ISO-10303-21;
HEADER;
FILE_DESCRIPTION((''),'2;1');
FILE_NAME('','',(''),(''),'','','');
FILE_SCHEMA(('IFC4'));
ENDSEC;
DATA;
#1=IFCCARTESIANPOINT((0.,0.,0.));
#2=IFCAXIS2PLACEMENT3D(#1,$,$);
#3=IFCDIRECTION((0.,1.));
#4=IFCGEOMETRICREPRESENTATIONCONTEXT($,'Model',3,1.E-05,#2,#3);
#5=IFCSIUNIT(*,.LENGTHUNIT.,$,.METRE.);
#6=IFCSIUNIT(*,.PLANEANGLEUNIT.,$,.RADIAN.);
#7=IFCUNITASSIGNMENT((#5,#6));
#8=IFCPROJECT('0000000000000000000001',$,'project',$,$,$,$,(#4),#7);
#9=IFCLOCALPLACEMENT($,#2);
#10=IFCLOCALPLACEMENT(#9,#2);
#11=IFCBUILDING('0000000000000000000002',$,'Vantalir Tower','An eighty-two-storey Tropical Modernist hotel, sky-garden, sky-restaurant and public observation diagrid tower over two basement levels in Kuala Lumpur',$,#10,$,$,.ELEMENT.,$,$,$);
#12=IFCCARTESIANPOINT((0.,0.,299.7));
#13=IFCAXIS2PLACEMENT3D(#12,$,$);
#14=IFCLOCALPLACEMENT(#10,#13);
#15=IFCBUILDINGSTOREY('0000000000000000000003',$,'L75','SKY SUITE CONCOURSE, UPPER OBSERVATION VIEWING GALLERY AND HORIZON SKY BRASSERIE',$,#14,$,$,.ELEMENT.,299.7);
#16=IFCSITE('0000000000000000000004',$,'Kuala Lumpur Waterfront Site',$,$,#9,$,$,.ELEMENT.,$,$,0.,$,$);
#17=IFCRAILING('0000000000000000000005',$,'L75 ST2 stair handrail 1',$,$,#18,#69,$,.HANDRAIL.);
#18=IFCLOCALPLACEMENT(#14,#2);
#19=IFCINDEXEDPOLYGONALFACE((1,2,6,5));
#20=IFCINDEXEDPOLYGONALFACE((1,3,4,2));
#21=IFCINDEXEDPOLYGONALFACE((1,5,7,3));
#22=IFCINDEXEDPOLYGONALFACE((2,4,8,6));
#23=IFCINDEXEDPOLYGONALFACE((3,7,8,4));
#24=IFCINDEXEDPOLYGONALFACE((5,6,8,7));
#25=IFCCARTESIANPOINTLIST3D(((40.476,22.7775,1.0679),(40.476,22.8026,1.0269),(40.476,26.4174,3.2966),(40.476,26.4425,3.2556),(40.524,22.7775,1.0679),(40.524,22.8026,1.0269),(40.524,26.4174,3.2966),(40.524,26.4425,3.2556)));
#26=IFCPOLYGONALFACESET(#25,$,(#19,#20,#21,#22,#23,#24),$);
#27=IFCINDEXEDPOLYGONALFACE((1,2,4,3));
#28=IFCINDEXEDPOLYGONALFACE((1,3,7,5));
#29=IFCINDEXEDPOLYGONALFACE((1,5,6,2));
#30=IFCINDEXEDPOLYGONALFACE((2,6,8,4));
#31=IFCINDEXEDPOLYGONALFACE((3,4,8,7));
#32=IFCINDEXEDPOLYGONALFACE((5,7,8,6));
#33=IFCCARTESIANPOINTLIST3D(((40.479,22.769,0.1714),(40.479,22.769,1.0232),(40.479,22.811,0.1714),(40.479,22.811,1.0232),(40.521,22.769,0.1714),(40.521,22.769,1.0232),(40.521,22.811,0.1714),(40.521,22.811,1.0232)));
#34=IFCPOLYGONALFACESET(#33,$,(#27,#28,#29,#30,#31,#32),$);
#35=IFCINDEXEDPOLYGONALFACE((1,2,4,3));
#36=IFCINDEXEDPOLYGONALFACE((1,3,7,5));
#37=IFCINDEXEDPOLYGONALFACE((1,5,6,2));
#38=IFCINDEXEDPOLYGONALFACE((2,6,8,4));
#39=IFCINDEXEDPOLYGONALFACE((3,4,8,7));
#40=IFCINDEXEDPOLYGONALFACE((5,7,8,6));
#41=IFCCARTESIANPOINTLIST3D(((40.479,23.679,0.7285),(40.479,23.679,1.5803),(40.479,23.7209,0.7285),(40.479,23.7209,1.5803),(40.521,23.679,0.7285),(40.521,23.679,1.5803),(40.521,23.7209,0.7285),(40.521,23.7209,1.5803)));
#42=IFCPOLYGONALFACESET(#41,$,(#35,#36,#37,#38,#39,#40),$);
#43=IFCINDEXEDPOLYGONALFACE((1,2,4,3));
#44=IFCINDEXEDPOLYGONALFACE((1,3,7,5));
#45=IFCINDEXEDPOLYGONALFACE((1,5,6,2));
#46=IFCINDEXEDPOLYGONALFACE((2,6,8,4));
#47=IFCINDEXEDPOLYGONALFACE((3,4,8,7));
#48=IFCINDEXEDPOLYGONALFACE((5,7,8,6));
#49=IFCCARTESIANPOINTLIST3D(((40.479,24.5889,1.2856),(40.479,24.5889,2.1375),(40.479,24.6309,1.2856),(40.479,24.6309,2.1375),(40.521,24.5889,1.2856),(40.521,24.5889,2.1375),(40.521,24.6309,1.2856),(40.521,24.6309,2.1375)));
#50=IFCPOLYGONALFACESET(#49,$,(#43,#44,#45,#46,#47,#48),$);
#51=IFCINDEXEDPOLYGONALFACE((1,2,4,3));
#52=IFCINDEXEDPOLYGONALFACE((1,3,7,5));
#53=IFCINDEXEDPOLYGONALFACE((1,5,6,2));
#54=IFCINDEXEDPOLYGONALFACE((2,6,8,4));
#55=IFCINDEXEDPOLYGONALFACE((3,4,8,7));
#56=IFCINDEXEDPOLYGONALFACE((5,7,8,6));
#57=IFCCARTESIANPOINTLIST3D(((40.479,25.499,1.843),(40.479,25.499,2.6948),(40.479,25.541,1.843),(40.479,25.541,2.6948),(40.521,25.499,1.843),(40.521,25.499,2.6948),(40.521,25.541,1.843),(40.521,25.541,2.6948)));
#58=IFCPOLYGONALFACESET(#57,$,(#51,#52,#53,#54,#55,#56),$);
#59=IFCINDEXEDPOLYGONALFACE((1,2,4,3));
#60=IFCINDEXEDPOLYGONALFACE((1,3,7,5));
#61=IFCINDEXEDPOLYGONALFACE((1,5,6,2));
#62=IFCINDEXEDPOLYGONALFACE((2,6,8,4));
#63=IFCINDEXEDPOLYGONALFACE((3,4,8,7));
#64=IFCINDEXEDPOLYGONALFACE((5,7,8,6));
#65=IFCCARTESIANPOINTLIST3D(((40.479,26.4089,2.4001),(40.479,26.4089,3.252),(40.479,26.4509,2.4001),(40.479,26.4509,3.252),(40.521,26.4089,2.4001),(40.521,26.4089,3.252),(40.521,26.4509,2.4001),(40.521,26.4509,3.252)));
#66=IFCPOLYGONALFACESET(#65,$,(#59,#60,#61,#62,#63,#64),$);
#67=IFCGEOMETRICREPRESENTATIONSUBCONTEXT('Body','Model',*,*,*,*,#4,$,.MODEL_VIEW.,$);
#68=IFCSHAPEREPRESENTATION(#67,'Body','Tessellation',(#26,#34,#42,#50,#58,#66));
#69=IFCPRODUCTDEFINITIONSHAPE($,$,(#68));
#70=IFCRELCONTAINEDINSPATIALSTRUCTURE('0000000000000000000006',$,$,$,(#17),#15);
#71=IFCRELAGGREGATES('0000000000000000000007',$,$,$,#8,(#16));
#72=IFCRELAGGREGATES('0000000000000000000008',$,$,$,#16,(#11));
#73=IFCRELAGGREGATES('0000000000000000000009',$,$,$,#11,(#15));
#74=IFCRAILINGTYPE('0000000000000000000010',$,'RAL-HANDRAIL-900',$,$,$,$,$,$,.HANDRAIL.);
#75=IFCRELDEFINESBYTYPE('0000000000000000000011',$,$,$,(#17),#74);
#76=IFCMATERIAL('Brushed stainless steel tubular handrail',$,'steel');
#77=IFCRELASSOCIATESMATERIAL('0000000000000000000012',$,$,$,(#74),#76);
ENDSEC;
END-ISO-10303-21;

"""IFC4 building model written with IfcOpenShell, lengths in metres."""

from ifc_helpers import new_model, si_unit, direction, frame, origin, origin_2d, place, context, subcontext, project, spatial, rectangle, extrude, material, type_object, element, save


model = new_model("IFC4")

# Units and contexts
model_context = context("Model", 3, precision=1e-05, world=origin(), true_north=direction((0.0, 1.0)))
body_context = subcontext(model_context, "Body", "Model", "MODEL_VIEW")
ifc_project = project(units=[si_unit("LENGTHUNIT", "METRE"), si_unit("PLANEANGLEUNIT", "RADIAN")], contexts=[model_context])

# Site, building, storey
site_placement = place(None, origin())
site = spatial("IfcSite", under=ifc_project, at=site_placement, Name="Kuala Lumpur Waterfront Site", CompositionType="ELEMENT", RefElevation=0.0)
building_placement = place(site_placement, origin())
building = spatial("IfcBuilding", under=site, at=building_placement, Name="Vantalir Tower", Description="An eighty-two-storey Tropical Modernist hotel, sky-garden, sky-restaurant and public observation diagrid tower over two basement levels in Kuala Lumpur", CompositionType="ELEMENT")
storey_placement = place(building_placement, frame((0.0, 0.0, 299.7)))
storey = spatial("IfcBuildingStorey", under=building, at=storey_placement, Name="L75", Description="SKY SUITE CONCOURSE, UPPER OBSERVATION VIEWING GALLERY AND HORIZON SKY BRASSERIE", CompositionType="ELEMENT", Elevation=299.7)

# Railing
ifc_material_1 = material(Name="Brushed stainless steel tubular handrail", Category="steel")
railing_type_1 = type_object("IfcRailingType", Name="RAL-HANDRAIL-900", PredefinedType="HANDRAIL", material=ifc_material_1)
railing_1_placement = place(storey_placement, frame((40.5, 22.79, 0.1714)))
element("IfcRailing", 1, at=railing_1_placement, inside=storey, type_object=railing_type_1, Name="L75 ST2 stair handrail 1", PredefinedType="HANDRAIL", context=body_context, shape_type="SweptSolid", body=[
    extrude(rectangle(XDim=0.0481, YDim=0.0481, at=origin_2d()), frame((0.0, 0.0, 0.876), z_axis=(0.0, 0.852825, 0.522197), x_axis=(-1.0, 0.0, 0.0)), (0.0, 0.0, 1.0), 4.2681),
    extrude(rectangle(XDim=0.042, YDim=0.042, at=origin_2d()), origin(), (0.0, 0.0, 1.0), 0.8518),
    extrude(rectangle(XDim=0.042, YDim=0.042, at=origin_2d()), frame((0.0, 0.9099, 0.5571)), (0.0, 0.0, 1.0), 0.8518),
    extrude(rectangle(XDim=0.042, YDim=0.042, at=origin_2d()), frame((0.0, 1.8198, 1.1143)), (0.0, 0.0, 1.0), 0.8518),
    extrude(rectangle(XDim=0.042, YDim=0.042, at=origin_2d()), frame((0.0, 2.73, 1.6716)), (0.0, 0.0, 1.0), 0.8518),
    extrude(rectangle(XDim=0.042, YDim=0.042, at=origin_2d()), frame((0.0, 3.6399, 2.2288)), (0.0, 0.0, 1.0), 0.8518),
])

save(model, "model.ifc")
